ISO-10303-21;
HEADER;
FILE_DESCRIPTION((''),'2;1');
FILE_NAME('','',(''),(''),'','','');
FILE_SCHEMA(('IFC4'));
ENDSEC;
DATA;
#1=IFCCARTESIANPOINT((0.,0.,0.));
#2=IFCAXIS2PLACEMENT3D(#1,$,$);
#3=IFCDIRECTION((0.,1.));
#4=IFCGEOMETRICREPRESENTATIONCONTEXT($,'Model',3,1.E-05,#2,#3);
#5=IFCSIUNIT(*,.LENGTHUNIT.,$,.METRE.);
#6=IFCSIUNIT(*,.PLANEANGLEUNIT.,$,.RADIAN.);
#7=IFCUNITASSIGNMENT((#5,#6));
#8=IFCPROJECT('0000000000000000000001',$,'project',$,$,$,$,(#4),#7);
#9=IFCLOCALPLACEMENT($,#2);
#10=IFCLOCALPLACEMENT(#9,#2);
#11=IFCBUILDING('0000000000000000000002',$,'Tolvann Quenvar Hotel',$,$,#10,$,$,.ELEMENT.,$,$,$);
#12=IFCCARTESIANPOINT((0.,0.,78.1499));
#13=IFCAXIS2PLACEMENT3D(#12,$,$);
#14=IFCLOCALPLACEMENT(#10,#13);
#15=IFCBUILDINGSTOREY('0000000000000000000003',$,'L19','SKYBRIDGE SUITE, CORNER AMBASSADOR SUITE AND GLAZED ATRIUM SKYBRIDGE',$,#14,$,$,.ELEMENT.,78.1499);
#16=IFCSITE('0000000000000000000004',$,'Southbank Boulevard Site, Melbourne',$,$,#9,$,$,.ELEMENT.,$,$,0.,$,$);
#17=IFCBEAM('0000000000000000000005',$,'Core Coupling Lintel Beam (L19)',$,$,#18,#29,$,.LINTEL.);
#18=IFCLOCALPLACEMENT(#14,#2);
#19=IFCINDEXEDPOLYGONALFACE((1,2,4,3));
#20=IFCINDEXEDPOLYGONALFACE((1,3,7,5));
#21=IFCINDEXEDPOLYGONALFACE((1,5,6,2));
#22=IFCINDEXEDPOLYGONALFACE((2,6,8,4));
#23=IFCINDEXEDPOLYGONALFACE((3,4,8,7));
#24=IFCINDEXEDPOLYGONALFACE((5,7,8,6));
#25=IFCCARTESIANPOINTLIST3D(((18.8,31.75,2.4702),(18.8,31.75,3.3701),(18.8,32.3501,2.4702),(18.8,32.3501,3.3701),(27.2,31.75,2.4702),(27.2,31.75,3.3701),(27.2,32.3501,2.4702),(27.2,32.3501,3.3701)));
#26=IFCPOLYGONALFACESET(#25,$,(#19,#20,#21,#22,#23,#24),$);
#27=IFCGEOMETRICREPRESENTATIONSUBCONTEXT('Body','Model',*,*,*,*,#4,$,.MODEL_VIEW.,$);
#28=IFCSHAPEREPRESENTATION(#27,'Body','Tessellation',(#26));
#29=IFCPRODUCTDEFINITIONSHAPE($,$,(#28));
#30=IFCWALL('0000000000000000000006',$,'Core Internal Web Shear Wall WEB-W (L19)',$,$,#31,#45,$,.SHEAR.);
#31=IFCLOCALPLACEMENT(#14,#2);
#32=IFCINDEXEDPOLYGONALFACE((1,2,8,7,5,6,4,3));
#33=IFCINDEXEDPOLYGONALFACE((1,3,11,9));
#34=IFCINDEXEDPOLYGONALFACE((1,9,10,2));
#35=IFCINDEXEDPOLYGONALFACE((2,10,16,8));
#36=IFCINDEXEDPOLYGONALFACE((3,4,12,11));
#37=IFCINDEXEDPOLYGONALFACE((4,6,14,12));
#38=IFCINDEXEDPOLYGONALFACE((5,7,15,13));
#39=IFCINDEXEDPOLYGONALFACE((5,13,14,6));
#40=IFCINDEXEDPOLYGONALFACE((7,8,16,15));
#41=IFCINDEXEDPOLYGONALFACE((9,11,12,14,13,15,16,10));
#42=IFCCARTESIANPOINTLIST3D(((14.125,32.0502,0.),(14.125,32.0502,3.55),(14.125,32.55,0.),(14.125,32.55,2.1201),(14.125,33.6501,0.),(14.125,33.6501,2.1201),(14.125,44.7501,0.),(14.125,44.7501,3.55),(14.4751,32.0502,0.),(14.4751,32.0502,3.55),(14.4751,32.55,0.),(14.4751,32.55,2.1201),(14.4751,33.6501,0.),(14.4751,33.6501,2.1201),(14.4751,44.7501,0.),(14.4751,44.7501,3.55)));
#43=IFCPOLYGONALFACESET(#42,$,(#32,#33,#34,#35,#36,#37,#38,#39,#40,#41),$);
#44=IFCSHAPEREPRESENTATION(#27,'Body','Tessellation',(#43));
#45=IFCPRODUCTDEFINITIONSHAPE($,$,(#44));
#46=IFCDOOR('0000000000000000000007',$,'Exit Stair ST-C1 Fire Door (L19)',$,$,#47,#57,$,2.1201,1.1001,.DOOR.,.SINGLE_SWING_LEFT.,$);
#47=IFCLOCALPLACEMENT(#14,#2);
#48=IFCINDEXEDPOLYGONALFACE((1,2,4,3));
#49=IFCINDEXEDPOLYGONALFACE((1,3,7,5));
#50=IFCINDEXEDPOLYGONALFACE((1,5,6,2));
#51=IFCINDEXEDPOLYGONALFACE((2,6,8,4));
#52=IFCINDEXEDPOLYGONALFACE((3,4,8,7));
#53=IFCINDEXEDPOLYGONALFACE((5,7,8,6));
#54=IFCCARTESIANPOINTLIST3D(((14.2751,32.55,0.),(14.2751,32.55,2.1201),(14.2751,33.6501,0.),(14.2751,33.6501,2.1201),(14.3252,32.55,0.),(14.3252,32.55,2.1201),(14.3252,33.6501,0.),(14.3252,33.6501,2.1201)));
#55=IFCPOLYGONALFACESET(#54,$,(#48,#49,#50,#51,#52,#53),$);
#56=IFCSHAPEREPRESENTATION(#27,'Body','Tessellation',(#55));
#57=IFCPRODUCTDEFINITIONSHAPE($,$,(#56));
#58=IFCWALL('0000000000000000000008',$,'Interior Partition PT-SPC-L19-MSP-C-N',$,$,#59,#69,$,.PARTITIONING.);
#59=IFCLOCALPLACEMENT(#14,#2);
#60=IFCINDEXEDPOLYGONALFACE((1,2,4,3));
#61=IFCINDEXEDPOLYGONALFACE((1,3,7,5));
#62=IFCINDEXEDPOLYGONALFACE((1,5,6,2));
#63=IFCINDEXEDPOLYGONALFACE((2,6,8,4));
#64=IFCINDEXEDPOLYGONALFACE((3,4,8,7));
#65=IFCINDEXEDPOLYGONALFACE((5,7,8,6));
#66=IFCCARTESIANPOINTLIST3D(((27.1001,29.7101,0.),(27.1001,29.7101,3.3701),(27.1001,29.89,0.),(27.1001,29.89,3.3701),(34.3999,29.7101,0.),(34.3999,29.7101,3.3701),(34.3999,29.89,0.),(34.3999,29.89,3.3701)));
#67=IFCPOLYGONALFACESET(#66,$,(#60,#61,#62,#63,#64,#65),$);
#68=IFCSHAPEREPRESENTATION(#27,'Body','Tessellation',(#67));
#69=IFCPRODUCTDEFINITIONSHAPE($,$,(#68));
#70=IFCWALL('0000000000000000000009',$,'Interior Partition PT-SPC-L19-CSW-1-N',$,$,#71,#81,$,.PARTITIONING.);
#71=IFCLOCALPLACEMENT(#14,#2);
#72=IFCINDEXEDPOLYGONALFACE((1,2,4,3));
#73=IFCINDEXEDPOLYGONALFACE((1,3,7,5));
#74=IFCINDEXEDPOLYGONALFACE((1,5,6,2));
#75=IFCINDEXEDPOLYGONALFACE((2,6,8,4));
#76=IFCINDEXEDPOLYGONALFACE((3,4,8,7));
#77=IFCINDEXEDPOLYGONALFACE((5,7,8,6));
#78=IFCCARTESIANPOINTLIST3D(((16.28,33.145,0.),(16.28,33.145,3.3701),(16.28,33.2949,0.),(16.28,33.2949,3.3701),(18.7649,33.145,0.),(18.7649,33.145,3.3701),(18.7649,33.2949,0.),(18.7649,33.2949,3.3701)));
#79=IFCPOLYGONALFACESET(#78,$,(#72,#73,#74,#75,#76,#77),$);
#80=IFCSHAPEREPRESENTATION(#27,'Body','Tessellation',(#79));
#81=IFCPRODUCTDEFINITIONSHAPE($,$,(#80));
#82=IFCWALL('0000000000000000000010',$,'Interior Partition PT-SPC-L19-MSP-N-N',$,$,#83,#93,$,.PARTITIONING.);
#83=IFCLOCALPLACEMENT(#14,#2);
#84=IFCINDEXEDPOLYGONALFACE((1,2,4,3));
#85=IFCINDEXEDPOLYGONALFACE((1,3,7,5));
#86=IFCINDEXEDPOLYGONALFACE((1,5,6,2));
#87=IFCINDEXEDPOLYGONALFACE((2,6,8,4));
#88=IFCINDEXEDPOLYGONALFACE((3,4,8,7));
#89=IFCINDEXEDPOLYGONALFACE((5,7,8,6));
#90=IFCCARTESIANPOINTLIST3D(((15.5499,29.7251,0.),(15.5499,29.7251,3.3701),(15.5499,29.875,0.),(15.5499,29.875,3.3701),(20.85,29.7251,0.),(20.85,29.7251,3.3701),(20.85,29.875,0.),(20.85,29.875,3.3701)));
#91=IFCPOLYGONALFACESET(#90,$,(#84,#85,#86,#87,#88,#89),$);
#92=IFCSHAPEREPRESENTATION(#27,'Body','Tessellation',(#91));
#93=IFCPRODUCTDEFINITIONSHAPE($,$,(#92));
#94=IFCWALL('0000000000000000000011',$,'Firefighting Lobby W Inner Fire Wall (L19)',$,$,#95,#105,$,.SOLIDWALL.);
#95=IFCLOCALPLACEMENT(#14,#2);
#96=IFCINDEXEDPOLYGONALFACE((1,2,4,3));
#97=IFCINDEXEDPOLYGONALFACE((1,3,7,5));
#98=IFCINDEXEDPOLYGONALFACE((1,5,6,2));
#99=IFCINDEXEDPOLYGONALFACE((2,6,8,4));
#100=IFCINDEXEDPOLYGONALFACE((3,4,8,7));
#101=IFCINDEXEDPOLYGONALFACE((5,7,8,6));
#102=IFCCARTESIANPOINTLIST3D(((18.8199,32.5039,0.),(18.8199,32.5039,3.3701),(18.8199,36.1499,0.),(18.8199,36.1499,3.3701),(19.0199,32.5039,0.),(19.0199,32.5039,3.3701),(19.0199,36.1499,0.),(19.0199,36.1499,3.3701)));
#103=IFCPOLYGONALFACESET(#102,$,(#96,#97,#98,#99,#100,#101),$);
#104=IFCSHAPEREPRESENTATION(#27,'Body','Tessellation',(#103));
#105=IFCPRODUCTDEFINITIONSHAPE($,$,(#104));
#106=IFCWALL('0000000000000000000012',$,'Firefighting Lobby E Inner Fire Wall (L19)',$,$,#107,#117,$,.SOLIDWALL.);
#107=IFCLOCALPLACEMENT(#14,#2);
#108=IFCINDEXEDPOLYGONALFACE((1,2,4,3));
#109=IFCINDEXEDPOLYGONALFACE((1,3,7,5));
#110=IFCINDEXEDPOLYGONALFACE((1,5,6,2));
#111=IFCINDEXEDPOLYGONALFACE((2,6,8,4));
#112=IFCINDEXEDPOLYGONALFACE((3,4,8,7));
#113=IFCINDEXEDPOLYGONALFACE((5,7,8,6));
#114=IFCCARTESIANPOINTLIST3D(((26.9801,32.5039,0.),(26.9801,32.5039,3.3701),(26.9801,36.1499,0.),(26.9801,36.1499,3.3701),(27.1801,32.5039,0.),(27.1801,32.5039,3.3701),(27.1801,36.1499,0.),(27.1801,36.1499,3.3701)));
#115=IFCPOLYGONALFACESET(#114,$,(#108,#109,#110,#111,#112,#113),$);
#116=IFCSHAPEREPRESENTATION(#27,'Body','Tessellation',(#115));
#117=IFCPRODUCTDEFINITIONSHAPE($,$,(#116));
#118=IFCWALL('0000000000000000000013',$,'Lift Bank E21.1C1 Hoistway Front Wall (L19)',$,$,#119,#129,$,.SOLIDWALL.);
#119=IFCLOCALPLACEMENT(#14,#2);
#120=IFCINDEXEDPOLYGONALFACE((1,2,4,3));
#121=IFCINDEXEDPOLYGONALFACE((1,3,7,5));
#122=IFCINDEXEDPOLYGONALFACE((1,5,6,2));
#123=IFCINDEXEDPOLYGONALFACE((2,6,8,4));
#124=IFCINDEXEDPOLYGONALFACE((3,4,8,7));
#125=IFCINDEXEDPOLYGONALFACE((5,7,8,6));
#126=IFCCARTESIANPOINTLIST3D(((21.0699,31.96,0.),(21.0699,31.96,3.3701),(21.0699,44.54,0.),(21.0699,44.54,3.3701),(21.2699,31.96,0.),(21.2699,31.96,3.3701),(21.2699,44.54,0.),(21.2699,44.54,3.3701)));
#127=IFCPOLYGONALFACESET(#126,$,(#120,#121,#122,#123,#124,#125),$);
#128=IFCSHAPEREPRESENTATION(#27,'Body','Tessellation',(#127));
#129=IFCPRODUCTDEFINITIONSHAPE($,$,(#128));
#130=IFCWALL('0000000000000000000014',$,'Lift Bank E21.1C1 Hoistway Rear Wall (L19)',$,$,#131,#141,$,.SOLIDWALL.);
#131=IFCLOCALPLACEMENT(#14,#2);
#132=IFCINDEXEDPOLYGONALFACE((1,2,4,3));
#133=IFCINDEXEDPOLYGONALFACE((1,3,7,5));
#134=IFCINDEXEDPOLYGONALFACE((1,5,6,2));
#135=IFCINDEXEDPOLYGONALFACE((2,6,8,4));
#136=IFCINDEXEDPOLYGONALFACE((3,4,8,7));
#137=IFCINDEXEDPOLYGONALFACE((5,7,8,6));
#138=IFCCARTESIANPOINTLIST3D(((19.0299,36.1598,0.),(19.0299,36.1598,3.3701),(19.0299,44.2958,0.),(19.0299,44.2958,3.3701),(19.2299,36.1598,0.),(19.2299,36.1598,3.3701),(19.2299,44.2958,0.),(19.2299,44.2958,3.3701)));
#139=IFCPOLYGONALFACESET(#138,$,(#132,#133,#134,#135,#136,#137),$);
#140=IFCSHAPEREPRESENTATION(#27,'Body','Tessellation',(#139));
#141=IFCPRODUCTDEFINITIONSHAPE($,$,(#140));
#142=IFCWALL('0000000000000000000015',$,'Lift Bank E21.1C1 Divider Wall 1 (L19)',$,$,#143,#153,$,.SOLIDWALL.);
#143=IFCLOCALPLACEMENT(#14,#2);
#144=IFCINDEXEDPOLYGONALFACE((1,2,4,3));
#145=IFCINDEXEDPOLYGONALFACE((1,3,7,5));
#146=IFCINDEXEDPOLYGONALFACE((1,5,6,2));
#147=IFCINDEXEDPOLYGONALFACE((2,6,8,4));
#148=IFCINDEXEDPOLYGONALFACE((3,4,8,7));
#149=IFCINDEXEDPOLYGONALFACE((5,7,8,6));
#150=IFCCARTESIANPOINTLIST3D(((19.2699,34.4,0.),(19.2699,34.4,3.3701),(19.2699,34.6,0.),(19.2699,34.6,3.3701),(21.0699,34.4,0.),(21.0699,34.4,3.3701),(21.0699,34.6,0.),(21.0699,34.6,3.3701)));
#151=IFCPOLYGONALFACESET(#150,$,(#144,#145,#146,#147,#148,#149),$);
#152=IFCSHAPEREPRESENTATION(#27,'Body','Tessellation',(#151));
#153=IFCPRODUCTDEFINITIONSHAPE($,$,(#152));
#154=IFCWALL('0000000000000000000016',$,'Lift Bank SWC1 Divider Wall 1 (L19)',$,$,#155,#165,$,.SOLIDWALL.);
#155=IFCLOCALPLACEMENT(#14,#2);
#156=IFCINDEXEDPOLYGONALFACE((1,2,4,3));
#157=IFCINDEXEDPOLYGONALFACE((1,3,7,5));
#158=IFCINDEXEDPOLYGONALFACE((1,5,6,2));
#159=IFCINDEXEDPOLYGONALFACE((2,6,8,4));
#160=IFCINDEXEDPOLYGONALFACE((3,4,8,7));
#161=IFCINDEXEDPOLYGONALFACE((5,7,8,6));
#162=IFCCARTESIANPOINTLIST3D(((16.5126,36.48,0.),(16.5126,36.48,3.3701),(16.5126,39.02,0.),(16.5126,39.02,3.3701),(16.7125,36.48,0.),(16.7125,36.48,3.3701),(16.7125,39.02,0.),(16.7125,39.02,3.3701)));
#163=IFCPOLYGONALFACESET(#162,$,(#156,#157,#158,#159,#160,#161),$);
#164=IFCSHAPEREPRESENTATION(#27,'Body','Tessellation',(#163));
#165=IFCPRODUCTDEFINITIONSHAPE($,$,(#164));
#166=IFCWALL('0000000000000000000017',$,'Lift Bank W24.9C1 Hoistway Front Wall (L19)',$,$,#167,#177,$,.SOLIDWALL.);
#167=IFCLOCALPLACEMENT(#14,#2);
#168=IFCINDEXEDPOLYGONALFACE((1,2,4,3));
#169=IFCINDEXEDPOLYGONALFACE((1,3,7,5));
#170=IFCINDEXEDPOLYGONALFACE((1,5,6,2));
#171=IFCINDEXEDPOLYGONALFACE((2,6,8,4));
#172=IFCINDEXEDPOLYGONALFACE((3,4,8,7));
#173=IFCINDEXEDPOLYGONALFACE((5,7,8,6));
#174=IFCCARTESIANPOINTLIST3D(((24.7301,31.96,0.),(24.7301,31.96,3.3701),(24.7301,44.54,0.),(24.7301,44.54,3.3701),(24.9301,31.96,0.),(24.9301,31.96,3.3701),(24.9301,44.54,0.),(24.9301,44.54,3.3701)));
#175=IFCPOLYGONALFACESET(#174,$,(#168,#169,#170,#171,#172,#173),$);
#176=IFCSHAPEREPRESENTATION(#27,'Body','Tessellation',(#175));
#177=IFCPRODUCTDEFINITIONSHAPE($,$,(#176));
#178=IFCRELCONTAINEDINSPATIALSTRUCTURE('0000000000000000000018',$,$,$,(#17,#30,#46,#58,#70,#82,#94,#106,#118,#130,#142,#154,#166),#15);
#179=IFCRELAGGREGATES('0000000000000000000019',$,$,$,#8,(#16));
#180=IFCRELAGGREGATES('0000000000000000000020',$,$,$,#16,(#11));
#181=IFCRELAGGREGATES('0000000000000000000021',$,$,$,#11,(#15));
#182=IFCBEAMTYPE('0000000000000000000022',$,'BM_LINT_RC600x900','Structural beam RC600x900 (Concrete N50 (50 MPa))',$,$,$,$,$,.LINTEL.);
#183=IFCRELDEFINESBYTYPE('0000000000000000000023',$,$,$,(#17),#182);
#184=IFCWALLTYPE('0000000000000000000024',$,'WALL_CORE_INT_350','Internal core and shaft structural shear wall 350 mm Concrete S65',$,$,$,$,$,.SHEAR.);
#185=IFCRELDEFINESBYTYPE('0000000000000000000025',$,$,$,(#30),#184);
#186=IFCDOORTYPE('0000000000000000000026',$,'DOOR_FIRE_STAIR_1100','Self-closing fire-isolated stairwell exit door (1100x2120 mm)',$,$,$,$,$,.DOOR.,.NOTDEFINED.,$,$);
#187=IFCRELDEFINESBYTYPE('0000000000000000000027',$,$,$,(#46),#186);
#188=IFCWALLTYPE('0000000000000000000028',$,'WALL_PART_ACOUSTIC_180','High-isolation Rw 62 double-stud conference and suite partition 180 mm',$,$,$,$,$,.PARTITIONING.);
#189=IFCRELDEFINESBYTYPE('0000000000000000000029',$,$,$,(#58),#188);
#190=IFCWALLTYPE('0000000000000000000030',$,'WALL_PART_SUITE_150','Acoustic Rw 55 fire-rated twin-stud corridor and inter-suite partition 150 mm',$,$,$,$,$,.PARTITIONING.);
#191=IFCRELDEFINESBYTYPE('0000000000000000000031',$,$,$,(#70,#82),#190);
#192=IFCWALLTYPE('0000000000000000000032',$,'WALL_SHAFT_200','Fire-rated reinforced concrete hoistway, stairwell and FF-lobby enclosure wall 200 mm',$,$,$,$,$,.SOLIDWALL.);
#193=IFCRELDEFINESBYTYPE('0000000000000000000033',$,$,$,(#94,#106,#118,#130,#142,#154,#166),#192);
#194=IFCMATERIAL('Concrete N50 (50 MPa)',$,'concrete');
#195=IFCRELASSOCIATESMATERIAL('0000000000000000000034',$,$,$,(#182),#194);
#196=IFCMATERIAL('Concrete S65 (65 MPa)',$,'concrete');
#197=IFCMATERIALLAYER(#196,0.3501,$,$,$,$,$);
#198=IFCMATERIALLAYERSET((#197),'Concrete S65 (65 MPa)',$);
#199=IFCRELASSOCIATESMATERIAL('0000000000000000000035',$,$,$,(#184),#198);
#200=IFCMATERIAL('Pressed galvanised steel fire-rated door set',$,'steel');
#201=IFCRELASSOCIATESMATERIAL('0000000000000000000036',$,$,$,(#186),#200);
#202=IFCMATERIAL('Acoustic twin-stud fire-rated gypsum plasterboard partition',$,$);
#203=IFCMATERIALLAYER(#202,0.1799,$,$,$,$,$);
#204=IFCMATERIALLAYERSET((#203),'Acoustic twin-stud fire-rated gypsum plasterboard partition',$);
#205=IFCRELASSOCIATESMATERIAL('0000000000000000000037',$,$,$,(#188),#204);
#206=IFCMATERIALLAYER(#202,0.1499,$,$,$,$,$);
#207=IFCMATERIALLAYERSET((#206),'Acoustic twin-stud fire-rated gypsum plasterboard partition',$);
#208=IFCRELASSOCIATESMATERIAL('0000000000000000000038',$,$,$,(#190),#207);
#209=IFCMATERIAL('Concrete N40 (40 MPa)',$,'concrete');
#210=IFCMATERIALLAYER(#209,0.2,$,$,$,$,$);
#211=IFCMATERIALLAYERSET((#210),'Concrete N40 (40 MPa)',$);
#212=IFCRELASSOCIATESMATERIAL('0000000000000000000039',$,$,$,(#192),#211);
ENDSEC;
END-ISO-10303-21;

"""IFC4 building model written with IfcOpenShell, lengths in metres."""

from ifc_helpers import new_model, si_unit, direction, frame, frame_2d, origin, origin_2d, place, context, subcontext, project, spatial, rectangle, extrude, source, transform, mapped, material, layer, layer_set, material_profile, profile_set, type_object, type_shapes, element, fill, save


model = new_model("IFC4")

# Units and contexts
model_context = context("Model", 3, precision=1e-05, world=origin(), true_north=direction((0.0, 1.0)))
body_context = subcontext(model_context, "Body", "Model", "MODEL_VIEW")
ifc_project = project(units=[si_unit("LENGTHUNIT", "METRE"), si_unit("PLANEANGLEUNIT", "RADIAN")], contexts=[model_context])

# Site, building, storey
site_placement = place(None, origin())
site = spatial("IfcSite", under=ifc_project, at=site_placement, Name="Southbank Boulevard Site, Melbourne", CompositionType="ELEMENT", RefElevation=0.0)
building_placement = place(site_placement, origin())
building = spatial("IfcBuilding", under=site, at=building_placement, Name="Tolvann Quenvar Hotel", CompositionType="ELEMENT")
storey_placement = place(building_placement, frame((0.0, 0.0, 78.1499)))
storey = spatial("IfcBuildingStorey", under=building, at=storey_placement, Name="L19", Description="SKYBRIDGE SUITE, CORNER AMBASSADOR SUITE AND GLAZED ATRIUM SKYBRIDGE", CompositionType="ELEMENT", Elevation=78.1499)

# Beam
ifc_material_1 = material(Name="Concrete N50 (50 MPa)", Category="concrete")
ifc_material_profile = material_profile(ifc_material_1, rectangle(XDim=0.6001, YDim=0.8999, at=origin_2d()), Name="RC600x900")
ifc_profile_set = profile_set([ifc_material_profile], Name="Concrete N50 (50 MPa)")
beam_type = type_object("IfcBeamType", Name="BM_LINT_RC600x900", Description="Structural beam RC600x900 (Concrete N50 (50 MPa))", PredefinedType="LINTEL", material=ifc_profile_set)
shared_shape_1 = source(origin(), body_context, "Body", "SweptSolid", [
    extrude(rectangle(XDim=0.6001, YDim=0.8999, at=origin_2d()), origin(), (0.0, 0.0, 1.0), 8.3999),
])
type_shapes(beam_type, [shared_shape_1])
beam_placement = place(storey_placement, frame((18.8, 32.05, 2.9202), z_axis=(1.0, 0.0, 0.0), x_axis=(0.0, 1.0, 0.0)))
element("IfcBeam", 1, at=beam_placement, inside=storey, type_object=beam_type, Name="Core Coupling Lintel Beam (L19)", PredefinedType="LINTEL", context=body_context, shape_type="MappedRepresentation", body=[
    mapped(shared_shape_1, transform((0.0, 0.0, 0.0), x_axis=(1.0, 0.0, 0.0), y_axis=(0.0, 1.0, 0.0), z_axis=(0.0, 0.0, 1.0), scale=1.0)),
])

# Wall, opening, door
ifc_material_2 = material(Name="Concrete S65 (65 MPa)", Category="concrete")
ifc_layer_1 = layer(ifc_material_2, 0.3501)
ifc_layer_set_1 = layer_set([ifc_layer_1], Name="Concrete S65 (65 MPa)")
wall_type_1 = type_object("IfcWallType", Name="WALL_CORE_INT_350", Description="Internal core and shaft structural shear wall 350 mm Concrete S65", PredefinedType="SHEAR", material=ifc_layer_set_1)
wall_1_placement = place(storey_placement, frame((14.3, 32.05, 0.0), z_axis=(0.0, 0.0, 1.0), x_axis=(0.0, 1.0, 0.0)))
wall_1 = element("IfcWall", 2, at=wall_1_placement, inside=storey, type_object=wall_type_1, Name="Core Internal Web Shear Wall WEB-W (L19)", PredefinedType="SHEAR", context=body_context, shape_type="SweptSolid", body=[
    extrude(rectangle(XDim=12.7, YDim=0.3501, at=frame_2d((6.3501, 0.0))), origin(), (0.0, 0.0, 1.0), 3.55),
])
opening_1_placement = place(wall_1_placement, frame((0.5, 0.0, 0.0)))
opening_1 = element("IfcOpeningElement", 3, at=opening_1_placement, cuts=wall_1, PredefinedType="OPENING", context=body_context, shape_type="SweptSolid", body=[
    extrude(rectangle(XDim=1.1001, YDim=2.1201, at=frame_2d((0.55, 1.0601))), frame((0.0, 0.1851, 0.0), z_axis=(0.0, -1.0, 0.0), x_axis=(1.0, 0.0, 0.0)), (0.0, 0.0, 1.0), 0.3701),
])
ifc_material_3 = material(Name="Pressed galvanised steel fire-rated door set", Category="steel")
door_type_1 = type_object("IfcDoorType", Name="DOOR_FIRE_STAIR_1100", Description="Self-closing fire-isolated stairwell exit door (1100x2120 mm)", OperationType="NOTDEFINED", PredefinedType="DOOR", material=ifc_material_3)
shared_shape_2 = source(origin(), body_context, "Body", "SweptSolid", [
    extrude(rectangle(XDim=1.1001, YDim=2.1201, at=frame_2d((0.55, 1.0601))), frame((0.0, 0.0249, 0.0), z_axis=(0.0, -1.0, 0.0), x_axis=(1.0, 0.0, 0.0)), (0.0, 0.0, 1.0), 0.05),
])
type_shapes(door_type_1, [shared_shape_2])
door_1_placement = place(opening_1_placement, origin())
door_1 = element("IfcDoor", 4, at=door_1_placement, inside=storey, type_object=door_type_1, Name="Exit Stair ST-C1 Fire Door (L19)", OperationType="SINGLE_SWING_LEFT", OverallHeight=2.1201, OverallWidth=1.1001, PredefinedType="DOOR", context=body_context, shape_type="MappedRepresentation", body=[
    mapped(shared_shape_2, transform((0.0, 0.0, 0.0), x_axis=(1.0, 0.0, 0.0), y_axis=(0.0, 1.0, 0.0), z_axis=(0.0, 0.0, 1.0), scale=1.0)),
])
fill(opening_1, door_1)

# Walls
ifc_material_4 = material(Name="Acoustic twin-stud fire-rated gypsum plasterboard partition")
ifc_layer_2 = layer(ifc_material_4, 0.1799)
ifc_layer_set_2 = layer_set([ifc_layer_2], Name="Acoustic twin-stud fire-rated gypsum plasterboard partition")
wall_type_2 = type_object("IfcWallType", Name="WALL_PART_ACOUSTIC_180", Description="High-isolation Rw 62 double-stud conference and suite partition 180 mm", PredefinedType="PARTITIONING", material=ifc_layer_set_2)
wall_2_placement = place(storey_placement, frame((27.1001, 29.8, 0.0), z_axis=(0.0, 0.0, 1.0), x_axis=(1.0, 0.0, 0.0)))
element("IfcWall", 5, at=wall_2_placement, inside=storey, type_object=wall_type_2, Name="Interior Partition PT-SPC-L19-MSP-C-N", PredefinedType="PARTITIONING", context=body_context, shape_type="SweptSolid", body=[
    extrude(rectangle(XDim=7.2998, YDim=0.1799, at=frame_2d((3.6499, 0.0))), origin(), (0.0, 0.0, 1.0), 3.3701),
])
ifc_layer_3 = layer(ifc_material_4, 0.1499)
ifc_layer_set_3 = layer_set([ifc_layer_3], Name="Acoustic twin-stud fire-rated gypsum plasterboard partition")
wall_type_3 = type_object("IfcWallType", Name="WALL_PART_SUITE_150", Description="Acoustic Rw 55 fire-rated twin-stud corridor and inter-suite partition 150 mm", PredefinedType="PARTITIONING", material=ifc_layer_set_3)
wall_3_placement = place(storey_placement, frame((16.28, 33.22, 0.0), z_axis=(0.0, 0.0, 1.0), x_axis=(1.0, 0.0, 0.0)))
element("IfcWall", 6, at=wall_3_placement, inside=storey, type_object=wall_type_3, Name="Interior Partition PT-SPC-L19-CSW-1-N", PredefinedType="PARTITIONING", context=body_context, shape_type="SweptSolid", body=[
    extrude(rectangle(XDim=2.4849, YDim=0.1499, at=frame_2d((1.2424, 0.0))), origin(), (0.0, 0.0, 1.0), 3.3701),
])
wall_4_placement = place(storey_placement, frame((15.55, 29.8, 0.0), z_axis=(0.0, 0.0, 1.0), x_axis=(1.0, 0.0, 0.0)))
element("IfcWall", 7, at=wall_4_placement, inside=storey, type_object=wall_type_3, Name="Interior Partition PT-SPC-L19-MSP-N-N", PredefinedType="PARTITIONING", context=body_context, shape_type="SweptSolid", body=[
    extrude(rectangle(XDim=5.3, YDim=0.1499, at=frame_2d((2.6499, 0.0))), origin(), (0.0, 0.0, 1.0), 3.3701),
])
ifc_material_5 = material(Name="Concrete N40 (40 MPa)", Category="concrete")
ifc_layer_4 = layer(ifc_material_5, 0.2)
ifc_layer_set_4 = layer_set([ifc_layer_4], Name="Concrete N40 (40 MPa)")
wall_type_4 = type_object("IfcWallType", Name="WALL_SHAFT_200", Description="Fire-rated reinforced concrete hoistway, stairwell and FF-lobby enclosure wall 200 mm", PredefinedType="SOLIDWALL", material=ifc_layer_set_4)
for number, where, z_axis, x_axis, name in (
    (8, (18.9199, 32.5039, 0.0), (0.0, 0.0, 1.0), (0.0, 1.0, 0.0), "Firefighting Lobby W Inner Fire Wall (L19)"),
    (9, (27.0801, 32.5039, 0.0), (0.0, 0.0, 1.0), (0.0, 1.0, 0.0), "Firefighting Lobby E Inner Fire Wall (L19)"),
):
    element("IfcWall", number, at=place(storey_placement, frame(where, z_axis=z_axis, x_axis=x_axis)), inside=storey, type_object=wall_type_4, Name=name, PredefinedType="SOLIDWALL", context=body_context, shape_type="SweptSolid", body=[
        extrude(rectangle(XDim=3.646, YDim=0.2, at=frame_2d((1.823, 0.0))), origin(), (0.0, 0.0, 1.0), 3.3701),
    ])
wall_5_placement = place(storey_placement, frame((21.1699, 31.96, 0.0), z_axis=(0.0, 0.0, 1.0), x_axis=(0.0, 1.0, 0.0)))
element("IfcWall", 10, at=wall_5_placement, inside=storey, type_object=wall_type_4, Name="Lift Bank E21.1C1 Hoistway Front Wall (L19)", PredefinedType="SOLIDWALL", context=body_context, shape_type="SweptSolid", body=[
    extrude(rectangle(XDim=12.5801, YDim=0.2, at=frame_2d((6.29, 0.0))), origin(), (0.0, 0.0, 1.0), 3.3701),
])
wall_6_placement = place(storey_placement, frame((19.1299, 36.1599, 0.0), z_axis=(0.0, 0.0, 1.0), x_axis=(0.0, 1.0, 0.0)))
element("IfcWall", 11, at=wall_6_placement, inside=storey, type_object=wall_type_4, Name="Lift Bank E21.1C1 Hoistway Rear Wall (L19)", PredefinedType="SOLIDWALL", context=body_context, shape_type="SweptSolid", body=[
    extrude(rectangle(XDim=8.136, YDim=0.2, at=frame_2d((4.0679, 0.0))), origin(), (0.0, 0.0, 1.0), 3.3701),
])
wall_7_placement = place(storey_placement, frame((19.27, 34.5, 0.0), z_axis=(0.0, 0.0, 1.0), x_axis=(1.0, 0.0, 0.0)))
element("IfcWall", 12, at=wall_7_placement, inside=storey, type_object=wall_type_4, Name="Lift Bank E21.1C1 Divider Wall 1 (L19)", PredefinedType="SOLIDWALL", context=body_context, shape_type="SweptSolid", body=[
    extrude(rectangle(XDim=1.8, YDim=0.2, at=frame_2d((0.8999, 0.0))), origin(), (0.0, 0.0, 1.0), 3.3701),
])

# Walls
wall_8_placement = place(storey_placement, frame((16.6125, 36.48, 0.0), z_axis=(0.0, 0.0, 1.0), x_axis=(0.0, 1.0, 0.0)))
element("IfcWall", 13, at=wall_8_placement, inside=storey, type_object=wall_type_4, Name="Lift Bank SWC1 Divider Wall 1 (L19)", PredefinedType="SOLIDWALL", context=body_context, shape_type="SweptSolid", body=[
    extrude(rectangle(XDim=2.54, YDim=0.2, at=frame_2d((1.27, 0.0))), origin(), (0.0, 0.0, 1.0), 3.3701),
])
wall_9_placement = place(storey_placement, frame((24.8301, 31.96, 0.0), z_axis=(0.0, 0.0, 1.0), x_axis=(0.0, 1.0, 0.0)))
element("IfcWall", 14, at=wall_9_placement, inside=storey, type_object=wall_type_4, Name="Lift Bank W24.9C1 Hoistway Front Wall (L19)", PredefinedType="SOLIDWALL", context=body_context, shape_type="SweptSolid", body=[
    extrude(rectangle(XDim=12.5801, YDim=0.2, at=frame_2d((6.29, 0.0))), origin(), (0.0, 0.0, 1.0), 3.3701),
])

save(model, "model.ifc")
